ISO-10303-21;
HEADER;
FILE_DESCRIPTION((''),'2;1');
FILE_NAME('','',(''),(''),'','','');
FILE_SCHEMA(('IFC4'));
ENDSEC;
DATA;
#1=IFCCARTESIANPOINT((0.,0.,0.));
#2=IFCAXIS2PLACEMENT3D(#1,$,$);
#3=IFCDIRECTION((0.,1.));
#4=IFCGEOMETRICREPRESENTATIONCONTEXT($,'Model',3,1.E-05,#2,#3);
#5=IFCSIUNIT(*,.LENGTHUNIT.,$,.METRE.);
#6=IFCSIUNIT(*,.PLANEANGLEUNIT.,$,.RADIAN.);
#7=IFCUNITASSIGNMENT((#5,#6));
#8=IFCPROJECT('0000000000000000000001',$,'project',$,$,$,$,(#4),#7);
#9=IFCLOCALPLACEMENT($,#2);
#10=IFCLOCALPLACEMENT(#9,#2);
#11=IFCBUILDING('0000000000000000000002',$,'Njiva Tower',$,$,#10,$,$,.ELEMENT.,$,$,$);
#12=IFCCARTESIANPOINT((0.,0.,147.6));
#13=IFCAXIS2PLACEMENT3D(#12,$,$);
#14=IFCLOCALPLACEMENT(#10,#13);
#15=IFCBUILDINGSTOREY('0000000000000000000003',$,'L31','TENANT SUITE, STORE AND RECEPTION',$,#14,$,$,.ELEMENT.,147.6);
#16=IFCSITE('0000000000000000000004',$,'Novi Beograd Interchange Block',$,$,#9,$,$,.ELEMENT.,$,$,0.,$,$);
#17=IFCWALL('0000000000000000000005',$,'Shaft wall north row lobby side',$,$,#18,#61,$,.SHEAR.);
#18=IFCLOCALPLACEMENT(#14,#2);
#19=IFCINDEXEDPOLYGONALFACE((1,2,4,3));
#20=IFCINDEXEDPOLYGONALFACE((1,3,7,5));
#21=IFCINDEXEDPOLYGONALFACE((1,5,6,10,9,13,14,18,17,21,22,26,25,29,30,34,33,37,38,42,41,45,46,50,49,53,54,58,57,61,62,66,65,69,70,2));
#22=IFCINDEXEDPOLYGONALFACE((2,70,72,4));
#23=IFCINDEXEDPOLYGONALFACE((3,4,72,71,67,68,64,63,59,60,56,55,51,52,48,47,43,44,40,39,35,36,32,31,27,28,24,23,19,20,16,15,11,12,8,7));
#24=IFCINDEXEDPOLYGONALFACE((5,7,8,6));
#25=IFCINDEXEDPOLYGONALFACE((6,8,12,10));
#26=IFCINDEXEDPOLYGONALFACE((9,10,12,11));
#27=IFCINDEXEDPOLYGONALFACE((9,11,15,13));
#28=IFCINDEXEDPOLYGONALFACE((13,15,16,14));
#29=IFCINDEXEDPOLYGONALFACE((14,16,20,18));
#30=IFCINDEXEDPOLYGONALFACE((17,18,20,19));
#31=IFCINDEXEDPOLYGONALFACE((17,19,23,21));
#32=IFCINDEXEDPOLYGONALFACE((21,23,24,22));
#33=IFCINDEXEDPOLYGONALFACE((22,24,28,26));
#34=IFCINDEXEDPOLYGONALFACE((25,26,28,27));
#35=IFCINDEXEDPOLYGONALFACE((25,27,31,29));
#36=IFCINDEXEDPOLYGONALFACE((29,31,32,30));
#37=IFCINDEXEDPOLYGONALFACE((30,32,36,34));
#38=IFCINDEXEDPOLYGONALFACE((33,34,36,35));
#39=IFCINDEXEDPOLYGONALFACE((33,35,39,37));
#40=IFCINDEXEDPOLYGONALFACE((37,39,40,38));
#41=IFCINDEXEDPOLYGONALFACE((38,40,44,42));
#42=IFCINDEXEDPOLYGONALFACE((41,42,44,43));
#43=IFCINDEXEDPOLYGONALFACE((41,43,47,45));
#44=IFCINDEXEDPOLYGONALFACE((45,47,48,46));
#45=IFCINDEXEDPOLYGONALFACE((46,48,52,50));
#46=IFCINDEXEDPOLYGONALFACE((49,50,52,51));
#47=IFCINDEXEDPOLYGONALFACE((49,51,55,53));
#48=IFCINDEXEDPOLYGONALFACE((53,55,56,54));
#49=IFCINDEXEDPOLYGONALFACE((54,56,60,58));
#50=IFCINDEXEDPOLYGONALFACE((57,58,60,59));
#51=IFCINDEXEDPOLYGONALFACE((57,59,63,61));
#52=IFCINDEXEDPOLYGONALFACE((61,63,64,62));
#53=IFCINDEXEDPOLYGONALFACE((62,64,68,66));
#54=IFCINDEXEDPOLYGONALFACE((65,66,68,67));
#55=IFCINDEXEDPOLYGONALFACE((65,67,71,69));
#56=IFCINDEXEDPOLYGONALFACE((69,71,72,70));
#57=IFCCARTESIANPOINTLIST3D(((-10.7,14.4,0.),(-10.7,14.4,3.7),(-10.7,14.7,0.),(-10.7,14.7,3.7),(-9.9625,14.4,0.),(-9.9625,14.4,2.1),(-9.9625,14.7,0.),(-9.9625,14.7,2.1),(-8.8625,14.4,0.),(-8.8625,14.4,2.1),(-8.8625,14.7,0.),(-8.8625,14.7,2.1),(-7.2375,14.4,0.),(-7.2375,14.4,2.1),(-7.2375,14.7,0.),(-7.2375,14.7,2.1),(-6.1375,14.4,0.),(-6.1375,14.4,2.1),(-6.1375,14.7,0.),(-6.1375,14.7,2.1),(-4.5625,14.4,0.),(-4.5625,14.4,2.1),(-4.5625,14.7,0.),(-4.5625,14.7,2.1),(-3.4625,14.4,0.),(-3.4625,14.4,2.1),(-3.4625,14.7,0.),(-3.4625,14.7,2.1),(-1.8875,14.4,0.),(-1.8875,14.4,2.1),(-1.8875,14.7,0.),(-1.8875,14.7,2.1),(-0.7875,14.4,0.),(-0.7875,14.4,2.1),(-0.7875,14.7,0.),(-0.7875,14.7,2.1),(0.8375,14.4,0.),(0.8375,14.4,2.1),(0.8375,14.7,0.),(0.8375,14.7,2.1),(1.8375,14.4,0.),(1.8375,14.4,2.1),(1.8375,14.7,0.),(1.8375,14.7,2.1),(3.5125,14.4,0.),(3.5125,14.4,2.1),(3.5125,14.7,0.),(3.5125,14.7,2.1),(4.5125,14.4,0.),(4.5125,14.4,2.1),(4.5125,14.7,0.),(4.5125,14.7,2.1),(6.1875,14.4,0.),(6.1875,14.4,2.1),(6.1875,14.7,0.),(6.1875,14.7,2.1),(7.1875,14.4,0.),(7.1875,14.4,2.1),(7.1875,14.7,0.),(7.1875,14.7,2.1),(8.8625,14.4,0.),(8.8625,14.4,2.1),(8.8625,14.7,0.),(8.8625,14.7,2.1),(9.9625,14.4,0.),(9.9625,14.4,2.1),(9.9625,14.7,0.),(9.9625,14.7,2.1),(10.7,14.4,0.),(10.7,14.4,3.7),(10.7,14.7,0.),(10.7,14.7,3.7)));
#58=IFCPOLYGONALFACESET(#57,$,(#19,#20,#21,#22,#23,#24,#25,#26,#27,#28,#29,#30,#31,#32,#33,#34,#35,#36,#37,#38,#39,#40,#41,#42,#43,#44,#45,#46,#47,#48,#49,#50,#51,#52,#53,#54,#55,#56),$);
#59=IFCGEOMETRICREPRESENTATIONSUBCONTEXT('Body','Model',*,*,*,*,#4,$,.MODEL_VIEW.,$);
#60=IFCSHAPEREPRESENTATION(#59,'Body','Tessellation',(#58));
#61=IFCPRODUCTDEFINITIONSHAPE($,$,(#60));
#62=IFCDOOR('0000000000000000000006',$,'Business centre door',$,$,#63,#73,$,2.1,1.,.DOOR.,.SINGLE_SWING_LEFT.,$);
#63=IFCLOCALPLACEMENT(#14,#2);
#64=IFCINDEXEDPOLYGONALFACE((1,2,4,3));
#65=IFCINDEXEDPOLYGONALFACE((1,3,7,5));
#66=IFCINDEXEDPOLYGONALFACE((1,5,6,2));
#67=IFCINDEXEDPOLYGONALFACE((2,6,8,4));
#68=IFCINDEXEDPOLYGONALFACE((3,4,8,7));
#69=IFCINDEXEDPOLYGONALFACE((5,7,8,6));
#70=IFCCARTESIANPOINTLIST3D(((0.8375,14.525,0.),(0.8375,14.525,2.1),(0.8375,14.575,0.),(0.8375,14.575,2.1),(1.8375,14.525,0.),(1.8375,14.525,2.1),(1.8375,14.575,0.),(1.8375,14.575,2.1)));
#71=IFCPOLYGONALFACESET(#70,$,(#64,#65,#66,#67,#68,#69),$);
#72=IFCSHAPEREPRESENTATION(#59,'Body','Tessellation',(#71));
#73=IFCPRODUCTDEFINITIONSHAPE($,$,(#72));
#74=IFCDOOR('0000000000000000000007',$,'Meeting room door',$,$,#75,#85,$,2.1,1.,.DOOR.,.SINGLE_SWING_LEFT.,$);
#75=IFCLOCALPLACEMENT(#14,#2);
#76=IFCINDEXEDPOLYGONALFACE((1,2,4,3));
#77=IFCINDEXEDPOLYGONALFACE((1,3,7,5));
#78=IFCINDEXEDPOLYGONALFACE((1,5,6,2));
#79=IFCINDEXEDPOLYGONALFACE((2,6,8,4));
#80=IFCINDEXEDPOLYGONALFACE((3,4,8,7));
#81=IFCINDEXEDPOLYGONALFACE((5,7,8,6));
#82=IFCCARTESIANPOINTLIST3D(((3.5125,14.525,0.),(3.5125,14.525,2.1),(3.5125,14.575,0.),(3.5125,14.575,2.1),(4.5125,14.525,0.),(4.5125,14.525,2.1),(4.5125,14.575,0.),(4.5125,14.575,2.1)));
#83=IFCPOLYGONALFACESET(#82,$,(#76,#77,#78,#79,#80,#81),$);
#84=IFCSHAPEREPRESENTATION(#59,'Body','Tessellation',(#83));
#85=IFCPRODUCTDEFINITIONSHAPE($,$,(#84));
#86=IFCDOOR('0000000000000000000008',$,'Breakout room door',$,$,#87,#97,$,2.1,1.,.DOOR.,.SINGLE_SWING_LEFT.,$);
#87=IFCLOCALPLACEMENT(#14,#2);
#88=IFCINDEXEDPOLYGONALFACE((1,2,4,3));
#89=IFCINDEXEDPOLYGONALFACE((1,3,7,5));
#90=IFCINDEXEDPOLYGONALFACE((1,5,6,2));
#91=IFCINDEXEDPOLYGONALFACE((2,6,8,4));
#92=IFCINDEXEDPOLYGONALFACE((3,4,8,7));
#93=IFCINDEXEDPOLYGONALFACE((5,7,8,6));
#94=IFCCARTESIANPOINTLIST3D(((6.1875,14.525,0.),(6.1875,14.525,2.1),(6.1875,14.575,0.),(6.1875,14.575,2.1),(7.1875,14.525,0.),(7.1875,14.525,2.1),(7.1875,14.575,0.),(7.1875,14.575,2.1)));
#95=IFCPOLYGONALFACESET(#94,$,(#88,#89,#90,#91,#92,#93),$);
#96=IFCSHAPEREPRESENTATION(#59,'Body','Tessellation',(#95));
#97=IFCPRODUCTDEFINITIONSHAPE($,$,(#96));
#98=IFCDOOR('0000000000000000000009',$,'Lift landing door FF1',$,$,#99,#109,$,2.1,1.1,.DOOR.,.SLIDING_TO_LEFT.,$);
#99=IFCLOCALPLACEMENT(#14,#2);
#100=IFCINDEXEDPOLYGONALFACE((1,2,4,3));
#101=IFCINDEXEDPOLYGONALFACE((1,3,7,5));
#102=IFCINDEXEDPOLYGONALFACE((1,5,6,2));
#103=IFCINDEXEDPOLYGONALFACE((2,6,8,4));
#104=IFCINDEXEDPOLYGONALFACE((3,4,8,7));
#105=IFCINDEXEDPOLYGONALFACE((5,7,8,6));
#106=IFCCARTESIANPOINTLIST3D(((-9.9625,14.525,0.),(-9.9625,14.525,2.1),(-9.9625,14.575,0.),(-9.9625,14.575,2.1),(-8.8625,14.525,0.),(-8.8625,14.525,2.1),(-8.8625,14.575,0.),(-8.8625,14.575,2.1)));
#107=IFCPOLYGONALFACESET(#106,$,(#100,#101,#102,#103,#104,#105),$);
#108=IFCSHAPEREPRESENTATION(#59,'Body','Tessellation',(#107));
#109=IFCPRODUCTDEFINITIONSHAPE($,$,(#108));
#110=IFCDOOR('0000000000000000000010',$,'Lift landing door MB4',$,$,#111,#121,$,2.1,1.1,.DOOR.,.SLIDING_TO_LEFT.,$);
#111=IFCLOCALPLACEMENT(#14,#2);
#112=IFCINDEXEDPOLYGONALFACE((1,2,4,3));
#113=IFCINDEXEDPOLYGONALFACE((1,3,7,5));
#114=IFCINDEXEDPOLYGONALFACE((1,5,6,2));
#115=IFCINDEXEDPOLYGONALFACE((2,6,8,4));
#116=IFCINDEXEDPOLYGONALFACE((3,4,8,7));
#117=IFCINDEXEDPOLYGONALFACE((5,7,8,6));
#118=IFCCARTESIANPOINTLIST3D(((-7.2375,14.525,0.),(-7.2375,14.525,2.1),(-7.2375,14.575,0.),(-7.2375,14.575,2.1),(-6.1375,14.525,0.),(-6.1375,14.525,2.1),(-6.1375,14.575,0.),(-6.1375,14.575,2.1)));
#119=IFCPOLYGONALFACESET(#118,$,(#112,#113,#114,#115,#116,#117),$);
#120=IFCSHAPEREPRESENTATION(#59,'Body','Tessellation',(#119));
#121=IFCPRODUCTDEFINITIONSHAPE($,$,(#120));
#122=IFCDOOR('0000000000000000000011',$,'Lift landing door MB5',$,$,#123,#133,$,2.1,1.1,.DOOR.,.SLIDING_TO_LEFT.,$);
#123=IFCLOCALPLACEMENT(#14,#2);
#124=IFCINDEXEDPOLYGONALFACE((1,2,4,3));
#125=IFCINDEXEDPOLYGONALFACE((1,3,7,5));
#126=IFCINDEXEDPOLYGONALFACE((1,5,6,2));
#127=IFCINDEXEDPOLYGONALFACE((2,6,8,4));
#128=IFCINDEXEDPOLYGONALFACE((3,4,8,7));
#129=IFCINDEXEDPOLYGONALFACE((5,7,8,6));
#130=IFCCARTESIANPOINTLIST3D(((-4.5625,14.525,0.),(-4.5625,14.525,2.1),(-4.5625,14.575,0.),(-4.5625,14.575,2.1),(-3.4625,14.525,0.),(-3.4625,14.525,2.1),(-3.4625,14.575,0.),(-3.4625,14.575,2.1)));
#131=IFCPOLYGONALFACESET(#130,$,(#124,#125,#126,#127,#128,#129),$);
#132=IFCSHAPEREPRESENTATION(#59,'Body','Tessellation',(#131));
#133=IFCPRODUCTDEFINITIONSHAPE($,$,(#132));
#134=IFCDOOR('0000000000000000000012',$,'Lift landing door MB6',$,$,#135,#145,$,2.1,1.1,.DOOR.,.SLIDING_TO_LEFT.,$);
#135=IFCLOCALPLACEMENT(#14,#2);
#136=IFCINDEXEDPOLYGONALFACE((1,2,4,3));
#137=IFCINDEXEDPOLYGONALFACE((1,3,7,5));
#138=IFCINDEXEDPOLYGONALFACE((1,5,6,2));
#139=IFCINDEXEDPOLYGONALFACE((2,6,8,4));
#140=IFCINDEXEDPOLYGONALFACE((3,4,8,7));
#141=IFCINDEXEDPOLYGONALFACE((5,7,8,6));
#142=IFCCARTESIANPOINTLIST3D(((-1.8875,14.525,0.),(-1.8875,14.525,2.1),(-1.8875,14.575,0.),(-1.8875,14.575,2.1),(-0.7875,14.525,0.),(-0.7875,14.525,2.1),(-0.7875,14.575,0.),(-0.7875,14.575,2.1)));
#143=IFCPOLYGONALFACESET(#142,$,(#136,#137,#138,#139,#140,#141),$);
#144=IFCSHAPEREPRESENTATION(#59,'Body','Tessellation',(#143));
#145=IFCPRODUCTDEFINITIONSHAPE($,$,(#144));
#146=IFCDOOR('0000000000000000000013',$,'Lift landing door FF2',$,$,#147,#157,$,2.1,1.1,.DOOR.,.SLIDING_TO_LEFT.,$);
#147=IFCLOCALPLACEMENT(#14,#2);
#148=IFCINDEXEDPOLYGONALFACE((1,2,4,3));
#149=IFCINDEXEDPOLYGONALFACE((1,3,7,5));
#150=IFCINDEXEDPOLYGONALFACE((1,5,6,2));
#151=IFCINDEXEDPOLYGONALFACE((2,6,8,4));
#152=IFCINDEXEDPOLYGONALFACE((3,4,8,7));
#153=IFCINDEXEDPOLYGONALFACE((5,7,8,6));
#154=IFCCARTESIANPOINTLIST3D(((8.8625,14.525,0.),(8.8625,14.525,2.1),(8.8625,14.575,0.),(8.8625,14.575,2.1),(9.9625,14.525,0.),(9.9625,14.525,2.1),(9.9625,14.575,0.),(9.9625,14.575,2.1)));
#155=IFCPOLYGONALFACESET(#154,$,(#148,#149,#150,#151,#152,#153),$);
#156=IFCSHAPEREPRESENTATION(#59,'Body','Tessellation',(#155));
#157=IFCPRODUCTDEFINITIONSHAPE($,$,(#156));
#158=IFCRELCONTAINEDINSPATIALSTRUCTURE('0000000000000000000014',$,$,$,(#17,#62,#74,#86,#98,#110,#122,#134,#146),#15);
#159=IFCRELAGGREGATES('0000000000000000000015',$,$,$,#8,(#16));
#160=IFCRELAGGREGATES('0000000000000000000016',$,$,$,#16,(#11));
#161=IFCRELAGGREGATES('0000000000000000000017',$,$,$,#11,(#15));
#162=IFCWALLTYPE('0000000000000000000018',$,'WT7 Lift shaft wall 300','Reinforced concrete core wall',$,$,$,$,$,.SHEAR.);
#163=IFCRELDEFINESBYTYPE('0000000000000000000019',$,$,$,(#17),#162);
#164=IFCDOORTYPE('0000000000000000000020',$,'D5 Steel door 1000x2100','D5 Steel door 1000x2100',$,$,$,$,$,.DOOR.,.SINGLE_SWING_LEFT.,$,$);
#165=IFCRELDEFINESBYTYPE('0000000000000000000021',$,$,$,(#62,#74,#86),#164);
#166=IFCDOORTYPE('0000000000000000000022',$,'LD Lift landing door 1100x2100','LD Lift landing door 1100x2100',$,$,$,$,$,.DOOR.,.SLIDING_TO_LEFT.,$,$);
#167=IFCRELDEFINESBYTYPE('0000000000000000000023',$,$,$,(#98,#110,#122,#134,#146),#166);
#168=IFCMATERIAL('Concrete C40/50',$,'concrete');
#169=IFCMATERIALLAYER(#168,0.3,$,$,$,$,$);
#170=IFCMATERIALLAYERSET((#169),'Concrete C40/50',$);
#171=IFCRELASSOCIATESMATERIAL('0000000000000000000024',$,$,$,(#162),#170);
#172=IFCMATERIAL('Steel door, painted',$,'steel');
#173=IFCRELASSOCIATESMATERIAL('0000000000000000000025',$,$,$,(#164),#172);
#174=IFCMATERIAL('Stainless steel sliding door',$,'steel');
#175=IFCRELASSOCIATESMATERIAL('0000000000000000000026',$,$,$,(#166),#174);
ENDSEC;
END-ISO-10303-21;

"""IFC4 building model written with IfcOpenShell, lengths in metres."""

from ifc_helpers import new_model, si_unit, direction, frame, frame_2d, origin, place, context, subcontext, project, spatial, rectangle, extrude, material, layer, layer_set, type_object, element, fill, save


model = new_model("IFC4")

# Units and contexts
model_context = context("Model", 3, precision=1e-05, world=origin(), true_north=direction((0.0, 1.0)))
body_context = subcontext(model_context, "Body", "Model", "MODEL_VIEW")
ifc_project = project(units=[si_unit("LENGTHUNIT", "METRE"), si_unit("PLANEANGLEUNIT", "RADIAN")], contexts=[model_context])

# Site, building, storey
site_placement = place(None, origin())
site = spatial("IfcSite", under=ifc_project, at=site_placement, Name="Novi Beograd Interchange Block", CompositionType="ELEMENT", RefElevation=0.0)
building_placement = place(site_placement, origin())
building = spatial("IfcBuilding", under=site, at=building_placement, Name="Njiva Tower", CompositionType="ELEMENT")
storey_placement = place(building_placement, frame((0.0, 0.0, 147.6)))
storey = spatial("IfcBuildingStorey", under=building, at=storey_placement, Name="L31", Description="TENANT SUITE, STORE AND RECEPTION", CompositionType="ELEMENT", Elevation=147.6)

# Wall, openings, doors
ifc_material_1 = material(Name="Concrete C40/50", Category="concrete")
ifc_layer = layer(ifc_material_1, 0.3)
ifc_layer_set = layer_set([ifc_layer], Name="Concrete C40/50")
wall_type = type_object("IfcWallType", Name="WT7 Lift shaft wall 300", Description="Reinforced concrete core wall", PredefinedType="SHEAR", material=ifc_layer_set)
wall_1_placement = place(storey_placement, frame((-10.7, 14.55, 0.0), z_axis=(0.0, 0.0, 1.0), x_axis=(1.0, 0.0, 0.0)))
wall_1 = element("IfcWall", 1, at=wall_1_placement, inside=storey, type_object=wall_type, Name="Shaft wall north row lobby side", PredefinedType="SHEAR", context=body_context, shape_type="SweptSolid", body=[
    extrude(rectangle(XDim=21.4, YDim=0.3, at=frame_2d((10.7, 0.0))), origin(), (0.0, 0.0, 1.0), 3.7),
])
opening_1_placement = place(wall_1_placement, frame((0.7375, 0.0, 0.0)))
opening_1 = element("IfcOpeningElement", 2, at=opening_1_placement, cuts=wall_1, PredefinedType="OPENING", context=body_context, shape_type="SweptSolid", body=[
    extrude(rectangle(XDim=1.1, YDim=2.1, at=frame_2d((0.55, 1.05))), frame((0.0, 0.16, 0.0), z_axis=(0.0, -1.0, 0.0), x_axis=(1.0, 0.0, 0.0)), (0.0, 0.0, 1.0), 0.32),
])
opening_2_placement = place(wall_1_placement, frame((3.4625, 0.0, 0.0)))
opening_2 = element("IfcOpeningElement", 3, at=opening_2_placement, cuts=wall_1, PredefinedType="OPENING", context=body_context, shape_type="SweptSolid", body=[
    extrude(rectangle(XDim=1.1, YDim=2.1, at=frame_2d((0.55, 1.05))), frame((0.0, 0.16, 0.0), z_axis=(0.0, -1.0, 0.0), x_axis=(1.0, 0.0, 0.0)), (0.0, 0.0, 1.0), 0.32),
])
opening_3_placement = place(wall_1_placement, frame((6.1375, 0.0, 0.0)))
opening_3 = element("IfcOpeningElement", 4, at=opening_3_placement, cuts=wall_1, PredefinedType="OPENING", context=body_context, shape_type="SweptSolid", body=[
    extrude(rectangle(XDim=1.1, YDim=2.1, at=frame_2d((0.55, 1.05))), frame((0.0, 0.16, 0.0), z_axis=(0.0, -1.0, 0.0), x_axis=(1.0, 0.0, 0.0)), (0.0, 0.0, 1.0), 0.32),
])
opening_4_placement = place(wall_1_placement, frame((8.8125, 0.0, 0.0)))
opening_4 = element("IfcOpeningElement", 5, at=opening_4_placement, cuts=wall_1, PredefinedType="OPENING", context=body_context, shape_type="SweptSolid", body=[
    extrude(rectangle(XDim=1.1, YDim=2.1, at=frame_2d((0.55, 1.05))), frame((0.0, 0.16, 0.0), z_axis=(0.0, -1.0, 0.0), x_axis=(1.0, 0.0, 0.0)), (0.0, 0.0, 1.0), 0.32),
])
opening_5_placement = place(wall_1_placement, frame((19.5625, 0.0, 0.0)))
opening_5 = element("IfcOpeningElement", 6, at=opening_5_placement, cuts=wall_1, PredefinedType="OPENING", context=body_context, shape_type="SweptSolid", body=[
    extrude(rectangle(XDim=1.1, YDim=2.1, at=frame_2d((0.55, 1.05))), frame((0.0, 0.16, 0.0), z_axis=(0.0, -1.0, 0.0), x_axis=(1.0, 0.0, 0.0)), (0.0, 0.0, 1.0), 0.32),
])
opening_6_placement = place(wall_1_placement, frame((11.5375, 0.0, 0.0)))
opening_6 = element("IfcOpeningElement", 7, at=opening_6_placement, cuts=wall_1, PredefinedType="OPENING", context=body_context, shape_type="SweptSolid", body=[
    extrude(rectangle(XDim=1.0, YDim=2.1, at=frame_2d((0.5, 1.05))), frame((0.0, 0.16, 0.0), z_axis=(0.0, -1.0, 0.0), x_axis=(1.0, 0.0, 0.0)), (0.0, 0.0, 1.0), 0.32),
])
opening_7_placement = place(wall_1_placement, frame((14.2125, 0.0, 0.0)))
opening_7 = element("IfcOpeningElement", 8, at=opening_7_placement, cuts=wall_1, PredefinedType="OPENING", context=body_context, shape_type="SweptSolid", body=[
    extrude(rectangle(XDim=1.0, YDim=2.1, at=frame_2d((0.5, 1.05))), frame((0.0, 0.16, 0.0), z_axis=(0.0, -1.0, 0.0), x_axis=(1.0, 0.0, 0.0)), (0.0, 0.0, 1.0), 0.32),
])
opening_8_placement = place(wall_1_placement, frame((16.8875, 0.0, 0.0)))
opening_8 = element("IfcOpeningElement", 9, at=opening_8_placement, cuts=wall_1, PredefinedType="OPENING", context=body_context, shape_type="SweptSolid", body=[
    extrude(rectangle(XDim=1.0, YDim=2.1, at=frame_2d((0.5, 1.05))), frame((0.0, 0.16, 0.0), z_axis=(0.0, -1.0, 0.0), x_axis=(1.0, 0.0, 0.0)), (0.0, 0.0, 1.0), 0.32),
])
ifc_material_2 = material(Name="Steel door, painted", Category="steel")
door_type_1 = type_object("IfcDoorType", Name="D5 Steel door 1000x2100", Description="D5 Steel door 1000x2100", OperationType="SINGLE_SWING_LEFT", PredefinedType="DOOR", material=ifc_material_2)
door_1_placement = place(opening_6_placement, origin())
door_1 = element("IfcDoor", 10, at=door_1_placement, inside=storey, type_object=door_type_1, Name="Business centre door", OperationType="SINGLE_SWING_LEFT", OverallHeight=2.1, OverallWidth=1.0, PredefinedType="DOOR", context=body_context, shape_type="SweptSolid", body=[
    extrude(rectangle(XDim=1.0, YDim=2.1, at=frame_2d((0.5, 1.05))), frame((0.0, 0.025, 0.0), z_axis=(0.0, -1.0, 0.0), x_axis=(1.0, 0.0, 0.0)), (0.0, 0.0, 1.0), 0.05),
])
fill(opening_6, door_1)
door_2_placement = place(opening_7_placement, origin())
door_2 = element("IfcDoor", 11, at=door_2_placement, inside=storey, type_object=door_type_1, Name="Meeting room door", OperationType="SINGLE_SWING_LEFT", OverallHeight=2.1, OverallWidth=1.0, PredefinedType="DOOR", context=body_context, shape_type="SweptSolid", body=[
    extrude(rectangle(XDim=1.0, YDim=2.1, at=frame_2d((0.5, 1.05))), frame((0.0, 0.025, 0.0), z_axis=(0.0, -1.0, 0.0), x_axis=(1.0, 0.0, 0.0)), (0.0, 0.0, 1.0), 0.05),
])
fill(opening_7, door_2)
door_3_placement = place(opening_8_placement, origin())
door_3 = element("IfcDoor", 12, at=door_3_placement, inside=storey, type_object=door_type_1, Name="Breakout room door", OperationType="SINGLE_SWING_LEFT", OverallHeight=2.1, OverallWidth=1.0, PredefinedType="DOOR", context=body_context, shape_type="SweptSolid", body=[
    extrude(rectangle(XDim=1.0, YDim=2.1, at=frame_2d((0.5, 1.05))), frame((0.0, 0.025, 0.0), z_axis=(0.0, -1.0, 0.0), x_axis=(1.0, 0.0, 0.0)), (0.0, 0.0, 1.0), 0.05),
])
fill(opening_8, door_3)
ifc_material_3 = material(Name="Stainless steel sliding door", Category="steel")
door_type_2 = type_object("IfcDoorType", Name="LD Lift landing door 1100x2100", Description="LD Lift landing door 1100x2100", OperationType="SLIDING_TO_LEFT", PredefinedType="DOOR", material=ifc_material_3)
door_4_placement = place(opening_1_placement, origin())
door_4 = element("IfcDoor", 13, at=door_4_placement, inside=storey, type_object=door_type_2, Name="Lift landing door FF1", OperationType="SLIDING_TO_LEFT", OverallHeight=2.1, OverallWidth=1.1, PredefinedType="DOOR", context=body_context, shape_type="SweptSolid", body=[
    extrude(rectangle(XDim=1.1, YDim=2.1, at=frame_2d((0.55, 1.05))), frame((0.0, 0.025, 0.0), z_axis=(0.0, -1.0, 0.0), x_axis=(1.0, 0.0, 0.0)), (0.0, 0.0, 1.0), 0.05),
])
fill(opening_1, door_4)
door_5_placement = place(opening_2_placement, origin())
door_5 = element("IfcDoor", 14, at=door_5_placement, inside=storey, type_object=door_type_2, Name="Lift landing door MB4", OperationType="SLIDING_TO_LEFT", OverallHeight=2.1, OverallWidth=1.1, PredefinedType="DOOR", context=body_context, shape_type="SweptSolid", body=[
    extrude(rectangle(XDim=1.1, YDim=2.1, at=frame_2d((0.55, 1.05))), frame((0.0, 0.025, 0.0), z_axis=(0.0, -1.0, 0.0), x_axis=(1.0, 0.0, 0.0)), (0.0, 0.0, 1.0), 0.05),
])
fill(opening_2, door_5)
door_6_placement = place(opening_3_placement, origin())
door_6 = element("IfcDoor", 15, at=door_6_placement, inside=storey, type_object=door_type_2, Name="Lift landing door MB5", OperationType="SLIDING_TO_LEFT", OverallHeight=2.1, OverallWidth=1.1, PredefinedType="DOOR", context=body_context, shape_type="SweptSolid", body=[
    extrude(rectangle(XDim=1.1, YDim=2.1, at=frame_2d((0.55, 1.05))), frame((0.0, 0.025, 0.0), z_axis=(0.0, -1.0, 0.0), x_axis=(1.0, 0.0, 0.0)), (0.0, 0.0, 1.0), 0.05),
])
fill(opening_3, door_6)
door_7_placement = place(opening_4_placement, origin())
door_7 = element("IfcDoor", 16, at=door_7_placement, inside=storey, type_object=door_type_2, Name="Lift landing door MB6", OperationType="SLIDING_TO_LEFT", OverallHeight=2.1, OverallWidth=1.1, PredefinedType="DOOR", context=body_context, shape_type="SweptSolid", body=[
    extrude(rectangle(XDim=1.1, YDim=2.1, at=frame_2d((0.55, 1.05))), frame((0.0, 0.025, 0.0), z_axis=(0.0, -1.0, 0.0), x_axis=(1.0, 0.0, 0.0)), (0.0, 0.0, 1.0), 0.05),
])
fill(opening_4, door_7)
door_8_placement = place(opening_5_placement, origin())
door_8 = element("IfcDoor", 17, at=door_8_placement, inside=storey, type_object=door_type_2, Name="Lift landing door FF2", OperationType="SLIDING_TO_LEFT", OverallHeight=2.1, OverallWidth=1.1, PredefinedType="DOOR", context=body_context, shape_type="SweptSolid", body=[
    extrude(rectangle(XDim=1.1, YDim=2.1, at=frame_2d((0.55, 1.05))), frame((0.0, 0.025, 0.0), z_axis=(0.0, -1.0, 0.0), x_axis=(1.0, 0.0, 0.0)), (0.0, 0.0, 1.0), 0.05),
])
fill(opening_5, door_8)

save(model, "model.ifc")
